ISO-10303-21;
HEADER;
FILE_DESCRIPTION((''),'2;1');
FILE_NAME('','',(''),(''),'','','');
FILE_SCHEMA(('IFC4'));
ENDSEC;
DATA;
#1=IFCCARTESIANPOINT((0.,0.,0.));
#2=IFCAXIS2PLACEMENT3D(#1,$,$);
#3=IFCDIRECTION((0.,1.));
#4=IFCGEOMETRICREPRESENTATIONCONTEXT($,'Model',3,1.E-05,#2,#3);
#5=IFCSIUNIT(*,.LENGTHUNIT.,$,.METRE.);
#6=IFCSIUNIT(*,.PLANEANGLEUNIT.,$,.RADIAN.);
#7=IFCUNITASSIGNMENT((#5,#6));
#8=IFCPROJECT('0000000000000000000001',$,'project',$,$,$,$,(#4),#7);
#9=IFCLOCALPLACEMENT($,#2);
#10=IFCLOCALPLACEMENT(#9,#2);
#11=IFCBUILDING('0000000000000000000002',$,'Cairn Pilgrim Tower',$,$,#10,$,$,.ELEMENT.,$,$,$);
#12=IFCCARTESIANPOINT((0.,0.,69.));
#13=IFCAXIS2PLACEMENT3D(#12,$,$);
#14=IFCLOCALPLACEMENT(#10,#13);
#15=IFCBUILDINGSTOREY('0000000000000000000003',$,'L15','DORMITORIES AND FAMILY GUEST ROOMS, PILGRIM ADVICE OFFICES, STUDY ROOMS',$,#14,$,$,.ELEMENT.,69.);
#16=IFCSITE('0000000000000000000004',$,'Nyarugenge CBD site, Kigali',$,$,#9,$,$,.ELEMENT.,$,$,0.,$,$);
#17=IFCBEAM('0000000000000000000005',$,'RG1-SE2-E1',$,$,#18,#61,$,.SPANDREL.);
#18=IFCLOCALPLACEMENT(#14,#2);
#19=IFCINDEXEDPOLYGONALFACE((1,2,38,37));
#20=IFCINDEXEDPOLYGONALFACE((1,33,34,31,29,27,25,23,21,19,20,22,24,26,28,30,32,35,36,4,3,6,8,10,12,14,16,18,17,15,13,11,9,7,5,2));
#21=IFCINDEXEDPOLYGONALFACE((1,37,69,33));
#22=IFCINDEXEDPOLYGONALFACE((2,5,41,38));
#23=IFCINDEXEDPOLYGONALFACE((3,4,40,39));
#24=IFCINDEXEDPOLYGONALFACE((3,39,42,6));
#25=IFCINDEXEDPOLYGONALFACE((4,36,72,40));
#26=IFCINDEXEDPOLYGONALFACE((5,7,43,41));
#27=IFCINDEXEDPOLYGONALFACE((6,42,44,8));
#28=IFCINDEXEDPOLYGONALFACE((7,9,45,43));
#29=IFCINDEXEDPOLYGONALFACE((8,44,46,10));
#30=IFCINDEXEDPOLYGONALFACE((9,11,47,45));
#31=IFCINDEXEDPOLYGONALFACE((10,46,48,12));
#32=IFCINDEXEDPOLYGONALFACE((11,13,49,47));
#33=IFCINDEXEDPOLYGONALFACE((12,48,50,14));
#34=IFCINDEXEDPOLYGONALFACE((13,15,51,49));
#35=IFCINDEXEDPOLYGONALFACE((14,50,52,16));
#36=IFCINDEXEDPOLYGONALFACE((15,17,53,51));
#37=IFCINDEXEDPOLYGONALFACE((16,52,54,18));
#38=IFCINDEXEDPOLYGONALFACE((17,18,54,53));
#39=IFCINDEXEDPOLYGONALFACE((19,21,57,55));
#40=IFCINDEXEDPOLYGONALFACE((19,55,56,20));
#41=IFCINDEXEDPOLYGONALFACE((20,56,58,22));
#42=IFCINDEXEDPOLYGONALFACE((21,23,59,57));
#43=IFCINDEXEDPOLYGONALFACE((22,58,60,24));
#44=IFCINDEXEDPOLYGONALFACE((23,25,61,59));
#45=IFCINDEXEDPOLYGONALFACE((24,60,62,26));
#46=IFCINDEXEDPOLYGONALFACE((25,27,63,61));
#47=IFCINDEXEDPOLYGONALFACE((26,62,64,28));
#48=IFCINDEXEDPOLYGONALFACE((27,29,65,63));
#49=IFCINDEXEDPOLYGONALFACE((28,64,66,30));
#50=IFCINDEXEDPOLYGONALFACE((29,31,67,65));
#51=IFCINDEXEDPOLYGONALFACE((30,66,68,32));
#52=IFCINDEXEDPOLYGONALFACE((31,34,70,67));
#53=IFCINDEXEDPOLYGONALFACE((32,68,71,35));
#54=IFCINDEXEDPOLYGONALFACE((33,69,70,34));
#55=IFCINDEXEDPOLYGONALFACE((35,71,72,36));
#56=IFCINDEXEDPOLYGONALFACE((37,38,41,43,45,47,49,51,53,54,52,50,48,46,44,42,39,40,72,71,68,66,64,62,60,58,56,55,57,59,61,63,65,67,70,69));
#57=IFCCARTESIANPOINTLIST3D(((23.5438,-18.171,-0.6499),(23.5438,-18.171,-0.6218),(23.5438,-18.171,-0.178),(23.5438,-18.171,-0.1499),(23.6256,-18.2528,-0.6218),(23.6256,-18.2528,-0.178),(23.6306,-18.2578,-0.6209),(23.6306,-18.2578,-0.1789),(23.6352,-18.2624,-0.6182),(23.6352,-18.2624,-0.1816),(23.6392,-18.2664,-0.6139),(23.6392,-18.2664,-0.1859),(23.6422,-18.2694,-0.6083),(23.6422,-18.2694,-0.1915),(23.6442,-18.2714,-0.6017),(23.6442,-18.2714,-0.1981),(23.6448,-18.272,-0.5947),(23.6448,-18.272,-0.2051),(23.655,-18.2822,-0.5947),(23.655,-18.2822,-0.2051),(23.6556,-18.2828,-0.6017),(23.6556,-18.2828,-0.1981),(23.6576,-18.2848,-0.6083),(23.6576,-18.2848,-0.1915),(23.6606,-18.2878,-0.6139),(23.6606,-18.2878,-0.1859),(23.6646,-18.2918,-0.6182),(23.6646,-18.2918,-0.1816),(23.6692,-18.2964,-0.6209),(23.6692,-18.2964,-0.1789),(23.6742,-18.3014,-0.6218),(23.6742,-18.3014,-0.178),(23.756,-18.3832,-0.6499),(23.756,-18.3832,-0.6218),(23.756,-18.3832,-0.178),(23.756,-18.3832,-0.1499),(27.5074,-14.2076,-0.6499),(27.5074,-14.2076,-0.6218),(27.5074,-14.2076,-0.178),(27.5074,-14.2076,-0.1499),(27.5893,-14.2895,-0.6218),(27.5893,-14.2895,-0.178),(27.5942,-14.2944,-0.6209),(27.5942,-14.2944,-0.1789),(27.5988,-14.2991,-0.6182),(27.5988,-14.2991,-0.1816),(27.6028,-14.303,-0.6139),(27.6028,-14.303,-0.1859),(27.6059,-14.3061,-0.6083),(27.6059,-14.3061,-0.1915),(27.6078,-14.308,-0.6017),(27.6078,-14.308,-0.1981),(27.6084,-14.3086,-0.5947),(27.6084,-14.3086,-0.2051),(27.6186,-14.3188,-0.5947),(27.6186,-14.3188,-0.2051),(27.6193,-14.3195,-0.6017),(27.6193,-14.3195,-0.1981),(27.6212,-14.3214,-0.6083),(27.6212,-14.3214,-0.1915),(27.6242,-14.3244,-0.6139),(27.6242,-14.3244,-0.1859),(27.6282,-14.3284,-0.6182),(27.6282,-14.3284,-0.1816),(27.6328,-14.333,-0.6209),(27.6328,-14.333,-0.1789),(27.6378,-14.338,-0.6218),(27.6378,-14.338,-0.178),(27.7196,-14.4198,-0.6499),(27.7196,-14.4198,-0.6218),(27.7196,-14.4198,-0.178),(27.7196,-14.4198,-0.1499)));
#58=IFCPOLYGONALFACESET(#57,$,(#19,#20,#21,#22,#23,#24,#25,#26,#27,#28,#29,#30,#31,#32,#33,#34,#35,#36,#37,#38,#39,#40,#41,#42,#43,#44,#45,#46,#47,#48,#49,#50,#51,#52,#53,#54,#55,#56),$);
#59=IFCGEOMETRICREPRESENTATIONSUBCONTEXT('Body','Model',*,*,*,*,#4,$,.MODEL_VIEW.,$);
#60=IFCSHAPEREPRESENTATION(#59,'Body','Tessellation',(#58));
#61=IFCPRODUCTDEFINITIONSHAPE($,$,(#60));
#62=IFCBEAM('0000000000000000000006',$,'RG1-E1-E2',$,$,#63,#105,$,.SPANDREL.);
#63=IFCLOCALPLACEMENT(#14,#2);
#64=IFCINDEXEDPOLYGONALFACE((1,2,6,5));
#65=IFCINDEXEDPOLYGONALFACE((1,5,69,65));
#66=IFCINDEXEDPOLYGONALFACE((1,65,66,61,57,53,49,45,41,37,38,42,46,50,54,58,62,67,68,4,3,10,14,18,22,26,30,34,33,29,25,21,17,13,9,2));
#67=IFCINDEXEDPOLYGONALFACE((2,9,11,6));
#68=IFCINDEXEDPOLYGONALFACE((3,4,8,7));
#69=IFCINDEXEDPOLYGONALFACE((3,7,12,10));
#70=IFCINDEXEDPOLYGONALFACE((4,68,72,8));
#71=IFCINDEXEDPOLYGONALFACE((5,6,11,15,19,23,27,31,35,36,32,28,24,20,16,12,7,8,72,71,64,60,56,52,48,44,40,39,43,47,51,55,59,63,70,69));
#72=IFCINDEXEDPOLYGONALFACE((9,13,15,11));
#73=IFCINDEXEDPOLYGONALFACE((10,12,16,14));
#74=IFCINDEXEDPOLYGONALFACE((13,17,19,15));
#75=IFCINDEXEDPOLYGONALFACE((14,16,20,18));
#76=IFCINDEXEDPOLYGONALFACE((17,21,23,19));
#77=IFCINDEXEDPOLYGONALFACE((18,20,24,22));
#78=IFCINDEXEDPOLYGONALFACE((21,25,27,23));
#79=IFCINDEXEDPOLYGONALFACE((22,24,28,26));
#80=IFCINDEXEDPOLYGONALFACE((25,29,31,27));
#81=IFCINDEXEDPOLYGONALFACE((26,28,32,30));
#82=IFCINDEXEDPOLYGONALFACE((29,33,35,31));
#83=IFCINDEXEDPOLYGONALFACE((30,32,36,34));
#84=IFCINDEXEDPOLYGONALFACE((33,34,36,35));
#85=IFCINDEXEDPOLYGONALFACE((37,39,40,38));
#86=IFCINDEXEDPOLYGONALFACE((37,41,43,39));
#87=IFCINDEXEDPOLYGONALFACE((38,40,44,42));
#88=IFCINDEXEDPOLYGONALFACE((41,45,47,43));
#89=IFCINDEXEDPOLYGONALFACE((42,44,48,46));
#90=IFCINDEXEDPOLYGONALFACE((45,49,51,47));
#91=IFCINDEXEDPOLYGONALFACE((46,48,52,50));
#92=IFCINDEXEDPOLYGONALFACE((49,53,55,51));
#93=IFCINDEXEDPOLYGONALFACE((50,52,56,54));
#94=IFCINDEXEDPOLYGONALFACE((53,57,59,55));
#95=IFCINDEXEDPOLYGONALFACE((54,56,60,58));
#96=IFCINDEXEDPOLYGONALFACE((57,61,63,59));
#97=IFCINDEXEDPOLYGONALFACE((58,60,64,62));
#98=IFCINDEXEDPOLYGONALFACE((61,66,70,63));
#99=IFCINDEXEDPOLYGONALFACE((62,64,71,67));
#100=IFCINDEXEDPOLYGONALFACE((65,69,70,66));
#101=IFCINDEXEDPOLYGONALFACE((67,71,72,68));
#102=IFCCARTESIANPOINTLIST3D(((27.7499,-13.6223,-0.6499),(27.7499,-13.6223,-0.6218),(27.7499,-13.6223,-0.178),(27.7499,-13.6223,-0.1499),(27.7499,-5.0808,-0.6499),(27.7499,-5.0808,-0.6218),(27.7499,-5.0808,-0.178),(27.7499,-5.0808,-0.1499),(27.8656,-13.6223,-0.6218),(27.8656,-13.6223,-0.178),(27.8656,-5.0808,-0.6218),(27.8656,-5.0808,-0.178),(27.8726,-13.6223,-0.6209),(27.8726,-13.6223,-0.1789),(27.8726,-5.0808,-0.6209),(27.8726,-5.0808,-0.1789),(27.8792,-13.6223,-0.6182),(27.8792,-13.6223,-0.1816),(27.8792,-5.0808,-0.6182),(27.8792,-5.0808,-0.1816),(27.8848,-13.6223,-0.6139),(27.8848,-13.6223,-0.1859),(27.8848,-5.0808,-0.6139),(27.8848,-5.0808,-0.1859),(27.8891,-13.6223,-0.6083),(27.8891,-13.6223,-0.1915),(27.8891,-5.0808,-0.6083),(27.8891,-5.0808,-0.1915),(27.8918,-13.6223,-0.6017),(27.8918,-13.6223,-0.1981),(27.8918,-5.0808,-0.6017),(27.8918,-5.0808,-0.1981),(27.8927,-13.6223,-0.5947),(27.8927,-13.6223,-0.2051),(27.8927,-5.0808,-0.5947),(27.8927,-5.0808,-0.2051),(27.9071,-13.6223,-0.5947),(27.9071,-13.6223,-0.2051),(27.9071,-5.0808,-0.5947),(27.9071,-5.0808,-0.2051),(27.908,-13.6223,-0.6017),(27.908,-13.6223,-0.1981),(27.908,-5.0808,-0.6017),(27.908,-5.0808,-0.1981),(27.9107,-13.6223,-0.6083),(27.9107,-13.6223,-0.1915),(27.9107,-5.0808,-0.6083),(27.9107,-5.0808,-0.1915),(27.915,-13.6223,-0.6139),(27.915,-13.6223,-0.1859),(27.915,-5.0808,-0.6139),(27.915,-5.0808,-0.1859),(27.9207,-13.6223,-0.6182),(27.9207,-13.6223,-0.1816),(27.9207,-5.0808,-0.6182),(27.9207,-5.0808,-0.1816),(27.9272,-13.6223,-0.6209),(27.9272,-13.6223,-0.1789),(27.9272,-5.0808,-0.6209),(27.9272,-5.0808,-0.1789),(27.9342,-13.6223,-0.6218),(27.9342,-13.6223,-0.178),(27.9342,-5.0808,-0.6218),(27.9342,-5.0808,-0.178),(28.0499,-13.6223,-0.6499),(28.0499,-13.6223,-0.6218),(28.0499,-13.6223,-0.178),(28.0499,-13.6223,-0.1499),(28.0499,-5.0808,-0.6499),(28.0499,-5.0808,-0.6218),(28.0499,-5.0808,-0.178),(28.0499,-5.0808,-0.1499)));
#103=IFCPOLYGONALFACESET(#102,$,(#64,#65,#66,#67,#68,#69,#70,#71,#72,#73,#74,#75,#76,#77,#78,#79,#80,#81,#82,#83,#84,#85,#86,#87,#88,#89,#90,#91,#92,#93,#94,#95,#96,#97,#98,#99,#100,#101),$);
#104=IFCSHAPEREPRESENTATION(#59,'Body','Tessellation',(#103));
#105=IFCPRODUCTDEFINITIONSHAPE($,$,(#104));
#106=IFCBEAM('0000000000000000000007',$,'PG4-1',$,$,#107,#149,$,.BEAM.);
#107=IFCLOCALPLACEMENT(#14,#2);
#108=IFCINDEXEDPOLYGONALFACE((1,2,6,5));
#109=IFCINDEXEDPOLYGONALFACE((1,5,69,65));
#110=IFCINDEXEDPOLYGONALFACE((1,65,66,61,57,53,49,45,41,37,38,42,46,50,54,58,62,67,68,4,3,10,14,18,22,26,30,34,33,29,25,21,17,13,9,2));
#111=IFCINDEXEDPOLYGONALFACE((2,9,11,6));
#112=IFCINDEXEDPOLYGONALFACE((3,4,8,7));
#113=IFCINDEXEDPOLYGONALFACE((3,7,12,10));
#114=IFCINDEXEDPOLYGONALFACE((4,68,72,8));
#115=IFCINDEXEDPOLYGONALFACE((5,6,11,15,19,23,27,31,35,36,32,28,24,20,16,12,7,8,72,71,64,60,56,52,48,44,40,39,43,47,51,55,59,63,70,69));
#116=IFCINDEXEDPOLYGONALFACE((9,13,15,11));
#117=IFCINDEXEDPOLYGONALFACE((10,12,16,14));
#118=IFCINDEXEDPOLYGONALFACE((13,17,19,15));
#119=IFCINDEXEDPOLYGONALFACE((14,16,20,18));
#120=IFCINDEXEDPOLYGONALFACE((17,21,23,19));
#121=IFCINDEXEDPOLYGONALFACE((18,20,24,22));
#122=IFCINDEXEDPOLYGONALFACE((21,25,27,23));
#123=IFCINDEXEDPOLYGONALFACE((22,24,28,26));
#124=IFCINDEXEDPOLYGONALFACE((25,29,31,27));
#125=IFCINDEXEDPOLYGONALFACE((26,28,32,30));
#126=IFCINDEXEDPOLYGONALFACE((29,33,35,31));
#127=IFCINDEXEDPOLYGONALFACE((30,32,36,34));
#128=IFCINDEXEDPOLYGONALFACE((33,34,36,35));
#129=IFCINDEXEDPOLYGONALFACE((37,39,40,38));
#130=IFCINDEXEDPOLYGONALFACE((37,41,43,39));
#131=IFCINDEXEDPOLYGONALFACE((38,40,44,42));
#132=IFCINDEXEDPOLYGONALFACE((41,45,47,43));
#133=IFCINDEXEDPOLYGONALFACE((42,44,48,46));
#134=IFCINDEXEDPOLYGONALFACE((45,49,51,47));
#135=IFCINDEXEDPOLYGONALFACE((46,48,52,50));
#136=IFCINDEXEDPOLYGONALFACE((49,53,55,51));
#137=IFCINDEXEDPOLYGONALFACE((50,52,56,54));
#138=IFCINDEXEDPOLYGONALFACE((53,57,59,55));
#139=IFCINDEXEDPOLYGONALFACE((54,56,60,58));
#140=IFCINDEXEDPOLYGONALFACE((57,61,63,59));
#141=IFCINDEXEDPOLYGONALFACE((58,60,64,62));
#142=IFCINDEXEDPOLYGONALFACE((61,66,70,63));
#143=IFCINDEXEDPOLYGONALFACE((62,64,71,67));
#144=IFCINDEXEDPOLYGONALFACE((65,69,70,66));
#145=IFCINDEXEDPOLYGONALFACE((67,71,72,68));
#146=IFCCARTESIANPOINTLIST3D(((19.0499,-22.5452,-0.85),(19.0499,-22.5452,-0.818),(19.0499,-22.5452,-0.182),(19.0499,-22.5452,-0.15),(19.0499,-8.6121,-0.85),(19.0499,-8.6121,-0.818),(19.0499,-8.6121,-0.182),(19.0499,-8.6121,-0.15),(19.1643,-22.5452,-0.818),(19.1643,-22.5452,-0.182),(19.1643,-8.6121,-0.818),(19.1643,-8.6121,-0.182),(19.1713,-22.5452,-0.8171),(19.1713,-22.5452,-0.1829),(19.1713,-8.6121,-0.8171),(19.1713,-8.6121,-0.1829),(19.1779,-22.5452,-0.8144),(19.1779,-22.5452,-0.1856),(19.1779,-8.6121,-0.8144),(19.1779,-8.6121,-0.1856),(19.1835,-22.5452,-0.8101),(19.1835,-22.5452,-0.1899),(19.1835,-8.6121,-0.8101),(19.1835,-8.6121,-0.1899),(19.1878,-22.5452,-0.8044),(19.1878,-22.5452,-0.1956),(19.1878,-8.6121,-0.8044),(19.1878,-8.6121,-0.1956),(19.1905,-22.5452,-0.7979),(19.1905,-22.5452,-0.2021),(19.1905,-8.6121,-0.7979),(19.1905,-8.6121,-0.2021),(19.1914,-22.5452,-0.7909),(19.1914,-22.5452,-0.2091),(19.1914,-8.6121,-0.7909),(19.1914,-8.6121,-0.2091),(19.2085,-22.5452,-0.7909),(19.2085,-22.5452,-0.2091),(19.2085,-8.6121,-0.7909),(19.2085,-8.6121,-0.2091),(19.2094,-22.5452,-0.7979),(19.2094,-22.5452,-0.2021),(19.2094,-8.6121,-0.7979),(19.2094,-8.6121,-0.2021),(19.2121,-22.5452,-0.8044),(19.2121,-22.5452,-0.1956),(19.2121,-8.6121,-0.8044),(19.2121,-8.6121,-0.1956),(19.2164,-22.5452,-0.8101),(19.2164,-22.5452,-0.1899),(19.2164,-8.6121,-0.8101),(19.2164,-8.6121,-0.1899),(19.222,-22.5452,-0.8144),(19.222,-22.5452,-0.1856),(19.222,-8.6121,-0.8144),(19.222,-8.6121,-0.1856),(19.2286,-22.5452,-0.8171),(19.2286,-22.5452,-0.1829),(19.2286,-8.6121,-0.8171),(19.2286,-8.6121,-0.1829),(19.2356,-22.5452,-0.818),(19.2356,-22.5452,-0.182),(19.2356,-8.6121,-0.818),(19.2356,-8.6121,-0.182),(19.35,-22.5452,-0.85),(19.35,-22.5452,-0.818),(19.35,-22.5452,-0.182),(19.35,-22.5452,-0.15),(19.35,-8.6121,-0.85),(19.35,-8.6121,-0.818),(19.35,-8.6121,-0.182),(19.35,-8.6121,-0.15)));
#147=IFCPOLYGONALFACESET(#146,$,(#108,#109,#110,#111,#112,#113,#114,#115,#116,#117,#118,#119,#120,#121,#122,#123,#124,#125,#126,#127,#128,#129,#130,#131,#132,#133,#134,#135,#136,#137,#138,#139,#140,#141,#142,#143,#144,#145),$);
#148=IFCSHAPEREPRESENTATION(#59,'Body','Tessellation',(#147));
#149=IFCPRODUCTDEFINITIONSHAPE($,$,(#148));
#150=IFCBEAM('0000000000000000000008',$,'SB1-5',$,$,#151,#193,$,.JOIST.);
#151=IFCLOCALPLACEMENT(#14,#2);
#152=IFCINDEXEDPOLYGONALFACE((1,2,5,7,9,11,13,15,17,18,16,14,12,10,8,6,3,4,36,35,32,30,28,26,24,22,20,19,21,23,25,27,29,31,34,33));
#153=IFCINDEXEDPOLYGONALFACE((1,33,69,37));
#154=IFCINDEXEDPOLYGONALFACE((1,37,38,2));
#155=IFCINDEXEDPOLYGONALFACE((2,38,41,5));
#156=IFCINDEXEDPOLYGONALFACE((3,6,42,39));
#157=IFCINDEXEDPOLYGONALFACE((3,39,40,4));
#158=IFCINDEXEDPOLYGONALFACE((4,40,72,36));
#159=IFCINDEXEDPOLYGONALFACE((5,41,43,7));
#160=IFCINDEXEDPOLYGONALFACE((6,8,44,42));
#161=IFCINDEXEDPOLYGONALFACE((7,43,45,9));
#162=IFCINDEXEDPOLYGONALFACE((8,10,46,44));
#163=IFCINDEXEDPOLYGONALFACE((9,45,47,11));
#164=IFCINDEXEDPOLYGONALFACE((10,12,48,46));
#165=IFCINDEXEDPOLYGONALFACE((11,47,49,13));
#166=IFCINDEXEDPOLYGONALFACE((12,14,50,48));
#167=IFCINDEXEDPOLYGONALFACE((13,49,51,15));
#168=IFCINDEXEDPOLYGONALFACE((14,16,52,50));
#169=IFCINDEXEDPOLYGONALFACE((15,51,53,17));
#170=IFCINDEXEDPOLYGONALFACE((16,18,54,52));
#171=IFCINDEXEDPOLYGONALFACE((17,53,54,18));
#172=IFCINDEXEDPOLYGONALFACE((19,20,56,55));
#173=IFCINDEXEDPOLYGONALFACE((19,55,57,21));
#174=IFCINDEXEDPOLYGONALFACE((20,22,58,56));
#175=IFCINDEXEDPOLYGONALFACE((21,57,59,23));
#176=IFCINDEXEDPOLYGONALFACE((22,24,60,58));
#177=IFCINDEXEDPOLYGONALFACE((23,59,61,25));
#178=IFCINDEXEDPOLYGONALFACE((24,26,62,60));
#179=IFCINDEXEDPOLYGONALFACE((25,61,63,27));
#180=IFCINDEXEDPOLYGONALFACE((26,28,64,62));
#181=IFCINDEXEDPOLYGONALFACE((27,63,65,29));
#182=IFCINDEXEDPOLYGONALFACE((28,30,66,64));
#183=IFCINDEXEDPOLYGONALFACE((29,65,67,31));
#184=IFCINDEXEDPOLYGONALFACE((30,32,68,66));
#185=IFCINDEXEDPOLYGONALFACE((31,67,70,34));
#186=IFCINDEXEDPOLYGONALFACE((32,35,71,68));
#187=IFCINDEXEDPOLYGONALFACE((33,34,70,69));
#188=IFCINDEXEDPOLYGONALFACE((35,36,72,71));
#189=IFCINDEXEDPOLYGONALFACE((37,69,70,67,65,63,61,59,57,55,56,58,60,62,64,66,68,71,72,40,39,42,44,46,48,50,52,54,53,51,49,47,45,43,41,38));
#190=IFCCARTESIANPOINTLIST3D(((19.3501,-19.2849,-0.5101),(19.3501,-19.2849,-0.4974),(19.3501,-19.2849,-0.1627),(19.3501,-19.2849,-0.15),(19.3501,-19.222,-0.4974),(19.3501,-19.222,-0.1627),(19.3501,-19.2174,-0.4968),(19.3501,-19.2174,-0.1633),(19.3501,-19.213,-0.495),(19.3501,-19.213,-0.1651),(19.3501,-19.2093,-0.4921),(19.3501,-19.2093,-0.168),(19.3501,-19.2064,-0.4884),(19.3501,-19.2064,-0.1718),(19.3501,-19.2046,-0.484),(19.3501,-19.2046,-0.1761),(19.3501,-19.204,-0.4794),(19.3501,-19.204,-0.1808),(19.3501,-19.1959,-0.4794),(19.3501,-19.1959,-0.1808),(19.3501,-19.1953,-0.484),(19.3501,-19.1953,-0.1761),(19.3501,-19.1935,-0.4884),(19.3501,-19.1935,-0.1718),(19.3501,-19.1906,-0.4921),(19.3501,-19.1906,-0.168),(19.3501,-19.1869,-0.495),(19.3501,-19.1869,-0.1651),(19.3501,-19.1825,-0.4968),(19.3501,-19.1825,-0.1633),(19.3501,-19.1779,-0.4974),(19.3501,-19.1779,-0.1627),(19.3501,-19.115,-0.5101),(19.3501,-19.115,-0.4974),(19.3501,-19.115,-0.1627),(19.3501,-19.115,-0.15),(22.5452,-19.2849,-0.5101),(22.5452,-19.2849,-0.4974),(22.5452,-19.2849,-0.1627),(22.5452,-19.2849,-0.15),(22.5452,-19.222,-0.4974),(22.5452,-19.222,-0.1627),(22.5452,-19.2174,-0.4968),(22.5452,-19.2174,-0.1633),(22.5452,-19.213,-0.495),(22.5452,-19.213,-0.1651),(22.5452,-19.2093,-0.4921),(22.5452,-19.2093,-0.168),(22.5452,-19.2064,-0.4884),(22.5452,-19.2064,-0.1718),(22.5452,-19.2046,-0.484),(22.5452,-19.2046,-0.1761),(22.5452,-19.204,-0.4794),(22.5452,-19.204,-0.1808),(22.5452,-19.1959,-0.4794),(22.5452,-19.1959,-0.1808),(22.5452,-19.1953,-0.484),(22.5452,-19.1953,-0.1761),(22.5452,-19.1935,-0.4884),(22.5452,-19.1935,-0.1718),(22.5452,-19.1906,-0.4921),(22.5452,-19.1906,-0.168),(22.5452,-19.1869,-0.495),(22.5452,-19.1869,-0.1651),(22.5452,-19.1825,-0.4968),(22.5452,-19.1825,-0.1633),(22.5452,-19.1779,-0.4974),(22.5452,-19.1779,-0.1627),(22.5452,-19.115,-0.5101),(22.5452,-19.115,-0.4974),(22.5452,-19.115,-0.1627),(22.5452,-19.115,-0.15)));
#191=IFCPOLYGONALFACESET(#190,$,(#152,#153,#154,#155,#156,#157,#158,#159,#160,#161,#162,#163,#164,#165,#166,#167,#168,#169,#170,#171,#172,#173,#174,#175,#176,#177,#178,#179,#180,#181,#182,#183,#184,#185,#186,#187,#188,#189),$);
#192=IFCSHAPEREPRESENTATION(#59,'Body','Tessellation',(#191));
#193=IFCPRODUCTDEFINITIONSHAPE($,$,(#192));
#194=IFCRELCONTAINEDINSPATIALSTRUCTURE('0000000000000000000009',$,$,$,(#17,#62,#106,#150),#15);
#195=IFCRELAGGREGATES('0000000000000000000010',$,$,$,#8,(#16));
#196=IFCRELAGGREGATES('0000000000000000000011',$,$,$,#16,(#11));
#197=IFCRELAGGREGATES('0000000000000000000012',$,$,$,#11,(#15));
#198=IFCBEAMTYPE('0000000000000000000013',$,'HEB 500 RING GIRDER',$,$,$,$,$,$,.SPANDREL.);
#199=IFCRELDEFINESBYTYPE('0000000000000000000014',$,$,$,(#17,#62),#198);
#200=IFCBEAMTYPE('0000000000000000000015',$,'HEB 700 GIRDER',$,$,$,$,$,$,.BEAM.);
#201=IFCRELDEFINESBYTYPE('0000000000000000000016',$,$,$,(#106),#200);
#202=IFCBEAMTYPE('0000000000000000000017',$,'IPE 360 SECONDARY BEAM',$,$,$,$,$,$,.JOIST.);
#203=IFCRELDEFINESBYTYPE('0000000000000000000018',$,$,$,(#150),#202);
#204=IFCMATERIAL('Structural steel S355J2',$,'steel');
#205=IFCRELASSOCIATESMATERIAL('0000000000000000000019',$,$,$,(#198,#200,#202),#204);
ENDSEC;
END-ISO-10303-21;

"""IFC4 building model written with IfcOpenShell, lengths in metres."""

from ifc_helpers import new_model, si_unit, direction, frame, origin, origin_2d, place, context, subcontext, project, spatial, i_section, extrude, material, material_profile, profile_set, type_object, element, save


model = new_model("IFC4")

# Units and contexts
model_context = context("Model", 3, precision=1e-05, world=origin(), true_north=direction((0.0, 1.0)))
body_context = subcontext(model_context, "Body", "Model", "MODEL_VIEW")
ifc_project = project(units=[si_unit("LENGTHUNIT", "METRE"), si_unit("PLANEANGLEUNIT", "RADIAN")], contexts=[model_context])

# Site, building, storey
site_placement = place(None, origin())
site = spatial("IfcSite", under=ifc_project, at=site_placement, Name="Nyarugenge CBD site, Kigali", CompositionType="ELEMENT", RefElevation=0.0)
building_placement = place(site_placement, origin())
building = spatial("IfcBuilding", under=site, at=building_placement, Name="Cairn Pilgrim Tower", CompositionType="ELEMENT")
storey_placement = place(building_placement, frame((0.0, 0.0, 69.0)))
storey = spatial("IfcBuildingStorey", under=building, at=storey_placement, Name="L15", Description="DORMITORIES AND FAMILY GUEST ROOMS, PILGRIM ADVICE OFFICES, STUDY ROOMS", CompositionType="ELEMENT", Elevation=69.0)

# Shared definitions
ifc_material_1 = material(Name="Structural steel S355J2", Category="steel")

# Beams
ifc_material_profile_1 = material_profile(ifc_material_1, i_section(OverallWidth=0.3, OverallDepth=0.5, WebThickness=0.0144, FlangeThickness=0.0281, FilletRadius=0.0271, at=origin_2d()), Name="HEB 500")
ifc_profile_set_1 = profile_set([ifc_material_profile_1], Name="Structural steel S355J2")
beam_type_1 = type_object("IfcBeamType", Name="HEB 500 RING GIRDER", PredefinedType="SPANDREL", material=ifc_profile_set_1)
beam_1_placement = place(storey_placement, frame((23.6499, -18.2771, -0.3999), z_axis=(0.707129, 0.707085, 0.0), x_axis=(-0.707085, 0.707129, 0.0)))
element("IfcBeam", 1, at=beam_1_placement, inside=storey, type_object=beam_type_1, Name="RG1-SE2-E1", PredefinedType="SPANDREL", context=body_context, shape_type="SweptSolid", body=[
    extrude(i_section(OverallWidth=0.3, OverallDepth=0.5, WebThickness=0.0144, FlangeThickness=0.0281, FilletRadius=0.0271, at=origin_2d()), origin(), (0.0, 0.0, 1.0), 5.6052),
])
beam_2_placement = place(storey_placement, frame((27.8999, -13.6223, -0.3999), z_axis=(0.0, 1.0, 0.0), x_axis=(-1.0, 0.0, 0.0)))
element("IfcBeam", 2, at=beam_2_placement, inside=storey, type_object=beam_type_1, Name="RG1-E1-E2", PredefinedType="SPANDREL", context=body_context, shape_type="SweptSolid", body=[
    extrude(i_section(OverallWidth=0.3, OverallDepth=0.5, WebThickness=0.0144, FlangeThickness=0.0281, FilletRadius=0.0271, at=origin_2d()), origin(), (0.0, 0.0, 1.0), 8.5415),
])
ifc_material_profile_2 = material_profile(ifc_material_1, i_section(OverallWidth=0.3, OverallDepth=0.7, WebThickness=0.0171, FlangeThickness=0.032, FilletRadius=0.0271, at=origin_2d()), Name="HEB 700")
ifc_profile_set_2 = profile_set([ifc_material_profile_2], Name="Structural steel S355J2")
beam_type_2 = type_object("IfcBeamType", Name="HEB 700 GIRDER", PredefinedType="BEAM", material=ifc_profile_set_2)
beam_3_placement = place(storey_placement, frame((19.2, -22.5452, -0.5), z_axis=(0.0, 1.0, 0.0), x_axis=(-1.0, 0.0, 0.0)))
element("IfcBeam", 3, at=beam_3_placement, inside=storey, type_object=beam_type_2, Name="PG4-1", PredefinedType="BEAM", context=body_context, shape_type="SweptSolid", body=[
    extrude(i_section(OverallWidth=0.3, OverallDepth=0.7, WebThickness=0.0171, FlangeThickness=0.032, FilletRadius=0.0271, at=origin_2d()), origin(), (0.0, 0.0, 1.0), 13.9331),
])
ifc_material_profile_3 = material_profile(ifc_material_1, i_section(OverallWidth=0.1699, OverallDepth=0.3601, WebThickness=0.0081, FlangeThickness=0.0127, FilletRadius=0.0181, at=origin_2d()), Name="IPE 360")
ifc_profile_set_3 = profile_set([ifc_material_profile_3], Name="Structural steel S355J2")
beam_type_3 = type_object("IfcBeamType", Name="IPE 360 SECONDARY BEAM", PredefinedType="JOIST", material=ifc_profile_set_3)
beam_4_placement = place(storey_placement, frame((19.3501, -19.2, -0.3301), z_axis=(1.0, 0.0, 0.0), x_axis=(0.0, 1.0, 0.0)))
element("IfcBeam", 4, at=beam_4_placement, inside=storey, type_object=beam_type_3, Name="SB1-5", PredefinedType="JOIST", context=body_context, shape_type="SweptSolid", body=[
    extrude(i_section(OverallWidth=0.1699, OverallDepth=0.3601, WebThickness=0.0081, FlangeThickness=0.0127, FilletRadius=0.0181, at=origin_2d()), origin(), (0.0, 0.0, 1.0), 3.1951),
])

save(model, "model.ifc")
